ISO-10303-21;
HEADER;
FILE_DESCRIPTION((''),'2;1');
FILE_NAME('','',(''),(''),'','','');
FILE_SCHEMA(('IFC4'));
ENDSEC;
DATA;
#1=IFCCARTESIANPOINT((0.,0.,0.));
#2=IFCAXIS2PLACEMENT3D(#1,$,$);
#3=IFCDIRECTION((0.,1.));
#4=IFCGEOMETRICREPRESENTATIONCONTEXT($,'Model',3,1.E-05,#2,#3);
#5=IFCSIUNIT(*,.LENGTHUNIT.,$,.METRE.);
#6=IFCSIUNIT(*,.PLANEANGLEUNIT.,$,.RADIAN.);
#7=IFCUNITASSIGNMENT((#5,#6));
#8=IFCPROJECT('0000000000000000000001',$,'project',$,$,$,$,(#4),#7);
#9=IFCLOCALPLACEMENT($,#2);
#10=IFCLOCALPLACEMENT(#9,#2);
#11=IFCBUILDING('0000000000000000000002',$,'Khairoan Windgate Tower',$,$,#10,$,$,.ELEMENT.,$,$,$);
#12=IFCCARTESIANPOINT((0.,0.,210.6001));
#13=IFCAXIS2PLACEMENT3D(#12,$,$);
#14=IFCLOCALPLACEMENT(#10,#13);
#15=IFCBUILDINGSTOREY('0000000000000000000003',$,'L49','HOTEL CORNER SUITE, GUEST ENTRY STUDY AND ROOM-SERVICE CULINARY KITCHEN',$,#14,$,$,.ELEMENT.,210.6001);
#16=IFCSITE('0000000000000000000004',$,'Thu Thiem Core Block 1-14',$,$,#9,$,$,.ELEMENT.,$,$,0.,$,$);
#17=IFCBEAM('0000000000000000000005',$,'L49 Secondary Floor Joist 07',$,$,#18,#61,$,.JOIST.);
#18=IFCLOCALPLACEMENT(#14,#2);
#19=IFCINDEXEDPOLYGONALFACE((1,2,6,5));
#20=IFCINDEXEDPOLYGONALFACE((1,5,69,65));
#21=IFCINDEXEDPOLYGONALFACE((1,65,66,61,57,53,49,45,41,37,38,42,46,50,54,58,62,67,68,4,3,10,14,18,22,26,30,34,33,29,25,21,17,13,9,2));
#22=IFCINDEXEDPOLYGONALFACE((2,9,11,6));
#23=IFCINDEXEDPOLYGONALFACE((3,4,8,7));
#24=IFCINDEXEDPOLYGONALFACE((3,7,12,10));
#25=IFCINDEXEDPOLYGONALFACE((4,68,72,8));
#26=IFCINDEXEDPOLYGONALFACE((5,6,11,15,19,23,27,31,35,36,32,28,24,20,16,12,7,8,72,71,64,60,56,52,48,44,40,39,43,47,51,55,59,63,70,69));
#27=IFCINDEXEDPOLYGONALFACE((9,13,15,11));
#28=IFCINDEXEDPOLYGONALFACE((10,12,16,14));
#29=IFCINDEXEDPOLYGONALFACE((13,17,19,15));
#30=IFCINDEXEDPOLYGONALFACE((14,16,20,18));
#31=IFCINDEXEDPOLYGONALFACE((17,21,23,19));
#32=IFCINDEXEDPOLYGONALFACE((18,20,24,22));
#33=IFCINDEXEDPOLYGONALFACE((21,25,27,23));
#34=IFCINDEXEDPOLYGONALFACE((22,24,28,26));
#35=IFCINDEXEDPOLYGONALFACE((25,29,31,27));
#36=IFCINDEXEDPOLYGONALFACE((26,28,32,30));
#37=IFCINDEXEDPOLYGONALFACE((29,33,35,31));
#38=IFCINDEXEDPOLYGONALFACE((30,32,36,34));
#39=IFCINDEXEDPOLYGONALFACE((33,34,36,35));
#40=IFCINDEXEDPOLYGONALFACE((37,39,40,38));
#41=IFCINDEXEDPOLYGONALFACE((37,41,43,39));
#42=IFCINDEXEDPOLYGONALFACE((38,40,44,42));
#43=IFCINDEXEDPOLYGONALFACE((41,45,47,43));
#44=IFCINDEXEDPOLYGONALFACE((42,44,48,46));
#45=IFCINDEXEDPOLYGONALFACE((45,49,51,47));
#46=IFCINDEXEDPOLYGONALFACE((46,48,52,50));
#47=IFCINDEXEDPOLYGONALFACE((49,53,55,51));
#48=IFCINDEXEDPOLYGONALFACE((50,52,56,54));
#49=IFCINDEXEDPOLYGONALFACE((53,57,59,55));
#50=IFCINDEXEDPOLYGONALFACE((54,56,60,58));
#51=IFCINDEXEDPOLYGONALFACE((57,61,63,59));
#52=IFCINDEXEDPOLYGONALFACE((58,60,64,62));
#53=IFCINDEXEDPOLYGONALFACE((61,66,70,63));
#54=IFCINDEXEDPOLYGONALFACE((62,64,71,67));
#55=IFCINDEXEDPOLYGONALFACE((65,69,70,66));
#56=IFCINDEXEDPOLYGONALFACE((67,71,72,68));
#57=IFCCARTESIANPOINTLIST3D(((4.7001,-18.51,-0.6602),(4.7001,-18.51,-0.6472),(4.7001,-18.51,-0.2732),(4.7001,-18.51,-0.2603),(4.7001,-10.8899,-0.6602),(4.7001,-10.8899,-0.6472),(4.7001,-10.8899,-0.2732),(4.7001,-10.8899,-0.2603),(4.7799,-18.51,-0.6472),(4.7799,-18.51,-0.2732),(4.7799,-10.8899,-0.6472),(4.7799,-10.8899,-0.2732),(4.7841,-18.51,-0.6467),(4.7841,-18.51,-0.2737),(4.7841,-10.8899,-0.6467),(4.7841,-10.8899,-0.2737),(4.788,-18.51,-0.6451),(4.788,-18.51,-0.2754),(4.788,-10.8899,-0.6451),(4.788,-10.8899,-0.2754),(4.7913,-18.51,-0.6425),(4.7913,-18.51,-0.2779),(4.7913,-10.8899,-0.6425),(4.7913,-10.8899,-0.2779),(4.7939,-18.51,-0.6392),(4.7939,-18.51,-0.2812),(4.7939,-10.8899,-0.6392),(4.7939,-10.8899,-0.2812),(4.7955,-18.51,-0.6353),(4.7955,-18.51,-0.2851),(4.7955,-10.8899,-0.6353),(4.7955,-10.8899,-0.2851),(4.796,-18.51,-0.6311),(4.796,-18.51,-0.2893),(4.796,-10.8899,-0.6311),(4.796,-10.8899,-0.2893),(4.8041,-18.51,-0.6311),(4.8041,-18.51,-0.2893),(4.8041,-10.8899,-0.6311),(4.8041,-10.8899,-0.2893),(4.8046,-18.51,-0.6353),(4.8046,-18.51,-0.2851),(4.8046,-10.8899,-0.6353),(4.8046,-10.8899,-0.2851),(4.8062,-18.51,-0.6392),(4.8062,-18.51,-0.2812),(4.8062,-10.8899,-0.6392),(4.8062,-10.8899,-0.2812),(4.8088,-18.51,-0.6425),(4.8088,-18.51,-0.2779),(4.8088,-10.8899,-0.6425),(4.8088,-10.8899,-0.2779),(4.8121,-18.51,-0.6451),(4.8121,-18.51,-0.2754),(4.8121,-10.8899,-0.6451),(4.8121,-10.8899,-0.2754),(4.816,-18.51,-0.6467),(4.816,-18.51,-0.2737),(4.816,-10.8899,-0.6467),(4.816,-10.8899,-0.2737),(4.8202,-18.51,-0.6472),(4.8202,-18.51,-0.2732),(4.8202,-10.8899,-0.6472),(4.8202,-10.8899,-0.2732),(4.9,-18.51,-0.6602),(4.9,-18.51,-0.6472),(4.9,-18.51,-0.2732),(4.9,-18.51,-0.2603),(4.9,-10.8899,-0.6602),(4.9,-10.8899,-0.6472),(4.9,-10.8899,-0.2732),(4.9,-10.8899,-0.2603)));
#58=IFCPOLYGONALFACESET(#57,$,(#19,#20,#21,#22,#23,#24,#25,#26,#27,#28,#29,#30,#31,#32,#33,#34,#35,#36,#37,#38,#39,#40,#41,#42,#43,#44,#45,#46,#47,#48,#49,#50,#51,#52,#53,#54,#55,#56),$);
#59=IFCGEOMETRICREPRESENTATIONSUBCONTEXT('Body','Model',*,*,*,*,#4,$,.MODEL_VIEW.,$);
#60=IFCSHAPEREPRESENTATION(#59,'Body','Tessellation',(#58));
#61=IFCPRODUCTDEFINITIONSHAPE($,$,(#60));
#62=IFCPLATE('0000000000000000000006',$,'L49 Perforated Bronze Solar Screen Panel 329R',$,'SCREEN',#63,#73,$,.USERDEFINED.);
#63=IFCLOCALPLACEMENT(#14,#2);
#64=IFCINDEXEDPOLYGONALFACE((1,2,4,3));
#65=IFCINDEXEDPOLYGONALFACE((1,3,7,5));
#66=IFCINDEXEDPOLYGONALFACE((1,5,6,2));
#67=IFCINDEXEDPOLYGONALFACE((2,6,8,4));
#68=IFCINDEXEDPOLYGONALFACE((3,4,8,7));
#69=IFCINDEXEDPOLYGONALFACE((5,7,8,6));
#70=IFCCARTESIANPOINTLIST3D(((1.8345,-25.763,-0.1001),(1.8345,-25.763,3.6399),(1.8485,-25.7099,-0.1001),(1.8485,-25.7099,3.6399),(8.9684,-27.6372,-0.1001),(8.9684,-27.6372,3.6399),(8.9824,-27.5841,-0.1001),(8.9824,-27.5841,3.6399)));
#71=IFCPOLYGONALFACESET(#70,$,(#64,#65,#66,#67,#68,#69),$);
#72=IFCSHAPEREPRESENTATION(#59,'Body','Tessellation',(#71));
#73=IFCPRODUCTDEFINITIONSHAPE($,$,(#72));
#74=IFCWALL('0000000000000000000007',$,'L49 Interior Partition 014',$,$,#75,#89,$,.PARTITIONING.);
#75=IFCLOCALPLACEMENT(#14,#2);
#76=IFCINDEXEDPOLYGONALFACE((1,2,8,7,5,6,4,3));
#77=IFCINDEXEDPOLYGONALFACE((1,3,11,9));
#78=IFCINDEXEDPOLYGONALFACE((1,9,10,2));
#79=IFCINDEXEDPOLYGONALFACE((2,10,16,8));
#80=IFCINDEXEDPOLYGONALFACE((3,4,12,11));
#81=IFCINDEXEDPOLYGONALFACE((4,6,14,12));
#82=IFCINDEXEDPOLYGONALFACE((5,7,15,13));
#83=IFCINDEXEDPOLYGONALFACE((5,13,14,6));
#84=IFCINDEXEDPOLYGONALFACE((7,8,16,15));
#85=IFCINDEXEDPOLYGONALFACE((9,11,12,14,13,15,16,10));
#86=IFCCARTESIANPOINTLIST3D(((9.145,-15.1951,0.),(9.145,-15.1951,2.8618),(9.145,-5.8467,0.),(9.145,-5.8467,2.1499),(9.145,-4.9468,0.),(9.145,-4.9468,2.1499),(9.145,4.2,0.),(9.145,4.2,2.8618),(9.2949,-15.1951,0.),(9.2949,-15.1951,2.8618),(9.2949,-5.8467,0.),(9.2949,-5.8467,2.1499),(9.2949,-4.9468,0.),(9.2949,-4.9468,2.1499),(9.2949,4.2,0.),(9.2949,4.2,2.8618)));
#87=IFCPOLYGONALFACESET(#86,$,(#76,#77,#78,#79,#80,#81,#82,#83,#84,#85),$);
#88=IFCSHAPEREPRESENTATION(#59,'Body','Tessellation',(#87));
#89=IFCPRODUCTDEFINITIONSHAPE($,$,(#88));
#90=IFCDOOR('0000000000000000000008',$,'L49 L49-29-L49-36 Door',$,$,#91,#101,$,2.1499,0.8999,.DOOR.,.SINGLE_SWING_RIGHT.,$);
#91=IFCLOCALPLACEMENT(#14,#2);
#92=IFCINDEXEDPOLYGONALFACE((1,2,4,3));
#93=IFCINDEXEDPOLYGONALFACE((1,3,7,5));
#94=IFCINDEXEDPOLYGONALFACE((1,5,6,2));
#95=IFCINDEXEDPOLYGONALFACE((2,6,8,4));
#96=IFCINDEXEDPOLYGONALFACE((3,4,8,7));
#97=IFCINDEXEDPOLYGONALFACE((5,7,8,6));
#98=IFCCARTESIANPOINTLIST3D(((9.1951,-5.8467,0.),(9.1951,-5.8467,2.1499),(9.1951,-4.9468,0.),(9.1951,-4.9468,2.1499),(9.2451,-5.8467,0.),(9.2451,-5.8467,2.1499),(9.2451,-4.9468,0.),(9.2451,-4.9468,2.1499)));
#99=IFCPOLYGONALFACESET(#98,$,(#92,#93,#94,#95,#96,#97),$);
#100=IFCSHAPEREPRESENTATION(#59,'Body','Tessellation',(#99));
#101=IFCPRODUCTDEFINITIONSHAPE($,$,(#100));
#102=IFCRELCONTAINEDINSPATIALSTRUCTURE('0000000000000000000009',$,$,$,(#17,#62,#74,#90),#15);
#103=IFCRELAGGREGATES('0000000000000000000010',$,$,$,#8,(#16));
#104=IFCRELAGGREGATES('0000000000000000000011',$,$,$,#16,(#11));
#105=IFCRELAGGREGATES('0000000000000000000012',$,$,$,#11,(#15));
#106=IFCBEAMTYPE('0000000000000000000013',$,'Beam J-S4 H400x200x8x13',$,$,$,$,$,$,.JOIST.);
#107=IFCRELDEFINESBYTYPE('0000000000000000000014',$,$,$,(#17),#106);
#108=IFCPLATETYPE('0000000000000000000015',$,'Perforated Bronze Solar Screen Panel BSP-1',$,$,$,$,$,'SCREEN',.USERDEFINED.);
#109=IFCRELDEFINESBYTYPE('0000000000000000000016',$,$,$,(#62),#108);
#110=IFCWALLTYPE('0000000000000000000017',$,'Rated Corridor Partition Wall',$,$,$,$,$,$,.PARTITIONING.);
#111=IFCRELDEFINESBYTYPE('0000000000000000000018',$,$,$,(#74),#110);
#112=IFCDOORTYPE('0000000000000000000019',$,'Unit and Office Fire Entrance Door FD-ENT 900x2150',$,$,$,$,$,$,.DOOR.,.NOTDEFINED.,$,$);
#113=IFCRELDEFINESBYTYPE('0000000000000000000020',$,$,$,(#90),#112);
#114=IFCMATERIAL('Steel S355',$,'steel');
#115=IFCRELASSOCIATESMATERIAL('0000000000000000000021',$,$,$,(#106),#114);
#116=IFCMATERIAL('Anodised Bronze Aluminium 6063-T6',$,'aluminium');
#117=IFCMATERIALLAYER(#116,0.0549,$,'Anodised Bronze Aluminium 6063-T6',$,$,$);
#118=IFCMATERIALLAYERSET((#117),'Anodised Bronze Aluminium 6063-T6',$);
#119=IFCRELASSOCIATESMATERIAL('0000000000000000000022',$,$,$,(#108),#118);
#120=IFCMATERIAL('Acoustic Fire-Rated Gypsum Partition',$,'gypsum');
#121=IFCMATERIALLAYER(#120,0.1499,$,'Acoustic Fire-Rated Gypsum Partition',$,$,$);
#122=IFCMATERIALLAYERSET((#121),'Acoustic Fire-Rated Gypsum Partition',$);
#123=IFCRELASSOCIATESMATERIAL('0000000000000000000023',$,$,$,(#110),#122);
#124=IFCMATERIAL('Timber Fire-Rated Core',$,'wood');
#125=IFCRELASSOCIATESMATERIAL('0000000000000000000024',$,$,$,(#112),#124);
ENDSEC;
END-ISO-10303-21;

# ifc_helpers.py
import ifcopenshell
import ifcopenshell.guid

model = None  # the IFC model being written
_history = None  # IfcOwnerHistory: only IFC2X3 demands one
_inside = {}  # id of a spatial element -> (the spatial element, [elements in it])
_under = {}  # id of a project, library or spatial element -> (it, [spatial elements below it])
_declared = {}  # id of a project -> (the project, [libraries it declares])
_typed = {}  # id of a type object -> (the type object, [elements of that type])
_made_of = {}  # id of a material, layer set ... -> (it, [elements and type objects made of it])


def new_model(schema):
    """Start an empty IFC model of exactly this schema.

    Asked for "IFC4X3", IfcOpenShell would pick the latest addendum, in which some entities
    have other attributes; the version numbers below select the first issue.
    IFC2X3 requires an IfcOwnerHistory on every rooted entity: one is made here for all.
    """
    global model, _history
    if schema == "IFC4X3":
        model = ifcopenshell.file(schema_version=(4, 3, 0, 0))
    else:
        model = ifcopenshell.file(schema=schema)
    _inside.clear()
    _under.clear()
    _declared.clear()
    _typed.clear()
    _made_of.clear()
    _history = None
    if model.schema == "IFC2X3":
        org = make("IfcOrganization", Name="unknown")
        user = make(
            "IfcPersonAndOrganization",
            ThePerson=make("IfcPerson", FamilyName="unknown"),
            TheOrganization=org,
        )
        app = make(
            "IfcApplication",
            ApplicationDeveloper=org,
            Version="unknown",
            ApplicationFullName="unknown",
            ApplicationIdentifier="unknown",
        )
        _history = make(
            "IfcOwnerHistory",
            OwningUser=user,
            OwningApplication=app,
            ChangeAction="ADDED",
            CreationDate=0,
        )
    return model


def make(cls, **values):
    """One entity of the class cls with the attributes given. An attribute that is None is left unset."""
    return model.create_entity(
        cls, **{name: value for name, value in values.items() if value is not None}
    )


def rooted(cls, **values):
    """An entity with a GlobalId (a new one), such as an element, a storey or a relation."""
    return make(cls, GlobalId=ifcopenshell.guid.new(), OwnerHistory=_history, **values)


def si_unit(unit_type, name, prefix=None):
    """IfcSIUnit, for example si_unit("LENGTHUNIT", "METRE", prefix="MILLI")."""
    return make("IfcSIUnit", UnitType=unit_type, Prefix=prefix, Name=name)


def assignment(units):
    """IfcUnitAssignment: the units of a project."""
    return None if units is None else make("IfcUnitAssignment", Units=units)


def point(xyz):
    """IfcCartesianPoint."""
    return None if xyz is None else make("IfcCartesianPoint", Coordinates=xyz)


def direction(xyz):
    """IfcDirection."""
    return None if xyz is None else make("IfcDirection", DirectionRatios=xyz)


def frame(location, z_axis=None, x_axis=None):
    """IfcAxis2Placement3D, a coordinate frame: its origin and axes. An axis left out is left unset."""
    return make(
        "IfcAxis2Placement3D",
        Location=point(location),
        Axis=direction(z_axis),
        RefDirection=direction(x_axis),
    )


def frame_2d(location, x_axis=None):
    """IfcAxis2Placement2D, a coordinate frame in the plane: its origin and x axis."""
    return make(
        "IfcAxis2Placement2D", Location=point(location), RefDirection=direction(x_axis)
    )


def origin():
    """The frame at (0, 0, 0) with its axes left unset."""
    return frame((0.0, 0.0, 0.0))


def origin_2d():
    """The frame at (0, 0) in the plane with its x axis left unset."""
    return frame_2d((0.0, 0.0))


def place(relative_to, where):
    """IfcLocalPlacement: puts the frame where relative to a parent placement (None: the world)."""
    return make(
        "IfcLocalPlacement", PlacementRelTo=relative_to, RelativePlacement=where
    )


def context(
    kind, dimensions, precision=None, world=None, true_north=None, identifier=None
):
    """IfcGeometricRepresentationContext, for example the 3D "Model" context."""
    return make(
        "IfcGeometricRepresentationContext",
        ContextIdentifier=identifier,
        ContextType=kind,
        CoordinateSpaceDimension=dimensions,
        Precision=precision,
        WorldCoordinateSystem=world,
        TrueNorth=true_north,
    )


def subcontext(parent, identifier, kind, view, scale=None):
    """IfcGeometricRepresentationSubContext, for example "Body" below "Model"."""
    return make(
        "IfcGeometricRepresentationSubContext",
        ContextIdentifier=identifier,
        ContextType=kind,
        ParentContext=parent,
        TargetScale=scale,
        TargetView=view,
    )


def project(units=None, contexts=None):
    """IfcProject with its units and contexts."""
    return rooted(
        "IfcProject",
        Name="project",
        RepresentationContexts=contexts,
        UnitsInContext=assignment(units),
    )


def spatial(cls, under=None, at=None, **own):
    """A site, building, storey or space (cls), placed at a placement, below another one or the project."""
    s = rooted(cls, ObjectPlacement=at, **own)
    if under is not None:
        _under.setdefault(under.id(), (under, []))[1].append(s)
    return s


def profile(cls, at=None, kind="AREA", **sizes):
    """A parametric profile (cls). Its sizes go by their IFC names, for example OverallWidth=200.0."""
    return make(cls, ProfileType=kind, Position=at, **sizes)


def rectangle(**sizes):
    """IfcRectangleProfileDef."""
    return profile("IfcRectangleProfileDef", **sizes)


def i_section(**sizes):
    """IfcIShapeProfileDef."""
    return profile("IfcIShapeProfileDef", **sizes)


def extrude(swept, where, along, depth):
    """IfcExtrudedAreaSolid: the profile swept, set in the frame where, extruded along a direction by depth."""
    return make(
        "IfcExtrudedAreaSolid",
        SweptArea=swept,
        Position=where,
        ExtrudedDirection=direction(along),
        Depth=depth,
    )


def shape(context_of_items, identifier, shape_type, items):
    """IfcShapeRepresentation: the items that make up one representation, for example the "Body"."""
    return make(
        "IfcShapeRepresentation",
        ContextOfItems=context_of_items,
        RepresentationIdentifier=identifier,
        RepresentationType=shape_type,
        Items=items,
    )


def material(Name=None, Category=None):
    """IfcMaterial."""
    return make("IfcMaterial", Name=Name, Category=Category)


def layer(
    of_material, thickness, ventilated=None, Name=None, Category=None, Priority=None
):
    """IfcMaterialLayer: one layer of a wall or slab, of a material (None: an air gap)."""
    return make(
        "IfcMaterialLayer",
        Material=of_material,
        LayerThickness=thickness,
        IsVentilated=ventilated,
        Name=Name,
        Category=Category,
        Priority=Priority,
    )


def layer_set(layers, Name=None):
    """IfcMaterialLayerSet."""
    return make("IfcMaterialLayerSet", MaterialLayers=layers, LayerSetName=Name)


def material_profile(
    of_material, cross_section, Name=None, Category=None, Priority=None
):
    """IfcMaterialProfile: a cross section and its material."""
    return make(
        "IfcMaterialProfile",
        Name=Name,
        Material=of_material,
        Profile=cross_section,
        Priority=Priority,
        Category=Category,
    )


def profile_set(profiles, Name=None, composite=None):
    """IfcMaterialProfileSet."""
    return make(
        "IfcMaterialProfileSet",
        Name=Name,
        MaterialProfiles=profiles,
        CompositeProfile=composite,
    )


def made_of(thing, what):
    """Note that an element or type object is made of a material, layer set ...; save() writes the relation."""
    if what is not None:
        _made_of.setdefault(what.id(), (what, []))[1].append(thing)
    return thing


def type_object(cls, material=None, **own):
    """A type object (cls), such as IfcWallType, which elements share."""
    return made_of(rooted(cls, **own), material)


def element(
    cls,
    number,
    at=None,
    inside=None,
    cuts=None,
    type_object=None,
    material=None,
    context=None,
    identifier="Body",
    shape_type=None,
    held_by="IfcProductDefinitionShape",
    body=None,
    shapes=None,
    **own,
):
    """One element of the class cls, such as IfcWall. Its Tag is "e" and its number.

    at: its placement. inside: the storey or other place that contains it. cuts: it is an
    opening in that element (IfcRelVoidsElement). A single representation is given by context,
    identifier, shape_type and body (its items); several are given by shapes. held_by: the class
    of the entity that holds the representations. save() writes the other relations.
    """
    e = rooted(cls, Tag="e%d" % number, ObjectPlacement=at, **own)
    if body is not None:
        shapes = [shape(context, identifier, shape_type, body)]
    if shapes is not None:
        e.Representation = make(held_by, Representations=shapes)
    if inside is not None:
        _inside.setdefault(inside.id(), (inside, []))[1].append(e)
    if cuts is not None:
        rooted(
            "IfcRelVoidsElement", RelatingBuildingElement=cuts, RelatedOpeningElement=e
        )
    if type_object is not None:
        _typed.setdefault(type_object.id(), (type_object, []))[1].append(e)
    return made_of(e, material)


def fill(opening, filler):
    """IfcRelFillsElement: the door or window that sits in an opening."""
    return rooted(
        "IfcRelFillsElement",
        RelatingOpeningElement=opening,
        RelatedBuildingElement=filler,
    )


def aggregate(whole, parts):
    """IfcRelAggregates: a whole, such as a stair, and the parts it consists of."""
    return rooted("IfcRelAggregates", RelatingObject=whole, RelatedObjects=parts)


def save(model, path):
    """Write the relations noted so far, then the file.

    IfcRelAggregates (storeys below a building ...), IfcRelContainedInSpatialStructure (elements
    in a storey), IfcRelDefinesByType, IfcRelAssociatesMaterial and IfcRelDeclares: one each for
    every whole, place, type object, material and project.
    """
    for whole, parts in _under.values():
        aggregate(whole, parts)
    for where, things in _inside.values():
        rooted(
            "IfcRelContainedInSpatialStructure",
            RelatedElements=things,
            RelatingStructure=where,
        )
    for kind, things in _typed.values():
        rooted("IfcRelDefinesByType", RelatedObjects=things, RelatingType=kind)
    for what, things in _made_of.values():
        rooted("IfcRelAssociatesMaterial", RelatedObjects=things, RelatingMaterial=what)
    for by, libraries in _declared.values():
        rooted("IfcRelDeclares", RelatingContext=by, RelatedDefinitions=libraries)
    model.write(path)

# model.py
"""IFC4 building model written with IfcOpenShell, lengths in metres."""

from ifc_helpers import new_model, si_unit, direction, frame, frame_2d, origin, origin_2d, place, context, subcontext, project, spatial, rectangle, i_section, extrude, material, layer, layer_set, material_profile, profile_set, type_object, element, fill, save


model = new_model("IFC4")

# Units and contexts
model_context = context("Model", 3, precision=1e-05, world=origin(), true_north=direction((0.0, 1.0)))
body_context = subcontext(model_context, "Body", "Model", "MODEL_VIEW")
ifc_project = project(units=[si_unit("LENGTHUNIT", "METRE"), si_unit("PLANEANGLEUNIT", "RADIAN")], contexts=[model_context])

# Site, building, storey
site_placement = place(None, origin())
site = spatial("IfcSite", under=ifc_project, at=site_placement, Name="Thu Thiem Core Block 1-14", CompositionType="ELEMENT", RefElevation=0.0)
building_placement = place(site_placement, origin())
building = spatial("IfcBuilding", under=site, at=building_placement, Name="Khairoan Windgate Tower", CompositionType="ELEMENT")
storey_placement = place(building_placement, frame((0.0, 0.0, 210.6001)))
storey = spatial("IfcBuildingStorey", under=building, at=storey_placement, Name="L49", Description="HOTEL CORNER SUITE, GUEST ENTRY STUDY AND ROOM-SERVICE CULINARY KITCHEN", CompositionType="ELEMENT", Elevation=210.6001)

# Beam
ifc_material_1 = material(Name="Steel S355", Category="steel")
ifc_material_profile_1 = material_profile(ifc_material_1, i_section(OverallWidth=0.2, OverallDepth=0.3999, WebThickness=0.0081, FlangeThickness=0.0129, FilletRadius=0.0161, at=origin_2d()))
ifc_profile_set_1 = profile_set([ifc_material_profile_1], Name="Steel S355")
beam_type_1 = type_object("IfcBeamType", Name="Beam J-S4 H400x200x8x13", PredefinedType="JOIST", material=ifc_profile_set_1)
beam_1_placement = place(storey_placement, frame((4.8, -18.51, -0.4602), z_axis=(0.0, 1.0, 0.0), x_axis=(-1.0, 0.0, 0.0)))
element("IfcBeam", 1, at=beam_1_placement, inside=storey, type_object=beam_type_1, Name="L49 Secondary Floor Joist 07", PredefinedType="JOIST", context=body_context, shape_type="SweptSolid", body=[
    extrude(i_section(OverallWidth=0.2, OverallDepth=0.3999, WebThickness=0.0081, FlangeThickness=0.0129, FilletRadius=0.0161, at=origin_2d()), origin(), (0.0, 0.0, 1.0), 7.6201),
])

# Plate
ifc_material_2 = material(Name="Anodised Bronze Aluminium 6063-T6", Category="aluminium")
ifc_layer_1 = layer(ifc_material_2, 0.0549, Name="Anodised Bronze Aluminium 6063-T6")
ifc_layer_set_1 = layer_set([ifc_layer_1], Name="Anodised Bronze Aluminium 6063-T6")
plate_type = type_object("IfcPlateType", Name="Perforated Bronze Solar Screen Panel BSP-1", ElementType="SCREEN", PredefinedType="USERDEFINED", material=ifc_layer_set_1)
plate_placement = place(storey_placement, frame((5.4084, -26.6736, -0.1001), z_axis=(0.0, 0.0, 1.0), x_axis=(-0.967179, 0.254096, 0.0)))
element("IfcPlate", 2, at=plate_placement, inside=storey, type_object=plate_type, Name="L49 Perforated Bronze Solar Screen Panel 329R", ObjectType="SCREEN", PredefinedType="USERDEFINED", context=body_context, shape_type="SweptSolid", body=[
    extrude(rectangle(XDim=7.376, YDim=0.0549, at=origin_2d()), origin(), (0.0, 0.0, 1.0), 3.74),
])

# Wall, opening, door
ifc_material_3 = material(Name="Acoustic Fire-Rated Gypsum Partition", Category="gypsum")
ifc_layer_2 = layer(ifc_material_3, 0.1499, Name="Acoustic Fire-Rated Gypsum Partition")
ifc_layer_set_2 = layer_set([ifc_layer_2], Name="Acoustic Fire-Rated Gypsum Partition")
wall_type_1 = type_object("IfcWallType", Name="Rated Corridor Partition Wall", PredefinedType="PARTITIONING", material=ifc_layer_set_2)
wall_1_placement = place(storey_placement, frame((9.22, -15.1951, 0.0), z_axis=(0.0, 0.0, 1.0), x_axis=(0.0, 1.0, 0.0)))
wall_1 = element("IfcWall", 3, at=wall_1_placement, inside=storey, type_object=wall_type_1, Name="L49 Interior Partition 014", PredefinedType="PARTITIONING", context=body_context, shape_type="SweptSolid", body=[
    extrude(rectangle(XDim=19.395, YDim=0.1499, at=frame_2d((9.6975, 0.0))), origin(), (0.0, 0.0, 1.0), 2.8618),
])
opening_1_placement = place(wall_1_placement, frame((9.3484, 0.0, 0.0)))
opening_1 = element("IfcOpeningElement", 4, at=opening_1_placement, cuts=wall_1, PredefinedType="OPENING", context=body_context, shape_type="SweptSolid", body=[
    extrude(rectangle(XDim=0.8999, YDim=2.1499, at=frame_2d((0.45, 1.075))), frame((0.0, 0.085, 0.0), z_axis=(0.0, -1.0, 0.0), x_axis=(1.0, 0.0, 0.0)), (0.0, 0.0, 1.0), 0.1699),
])
ifc_material_4 = material(Name="Timber Fire-Rated Core", Category="wood")
door_type_1 = type_object("IfcDoorType", Name="Unit and Office Fire Entrance Door FD-ENT 900x2150", OperationType="NOTDEFINED", PredefinedType="DOOR", material=ifc_material_4)
door_1_placement = place(opening_1_placement, origin())
door_1 = element("IfcDoor", 5, at=door_1_placement, inside=storey, type_object=door_type_1, Name="L49 L49-29-L49-36 Door", OperationType="SINGLE_SWING_RIGHT", OverallHeight=2.1499, OverallWidth=0.8999, PredefinedType="DOOR", context=body_context, shape_type="SweptSolid", body=[
    extrude(rectangle(XDim=0.8999, YDim=2.1499, at=frame_2d((0.45, 1.075))), frame((0.0, 0.0249, 0.0), z_axis=(0.0, -1.0, 0.0), x_axis=(1.0, 0.0, 0.0)), (0.0, 0.0, 1.0), 0.05),
])
fill(opening_1, door_1)

save(model, "model.ifc")
